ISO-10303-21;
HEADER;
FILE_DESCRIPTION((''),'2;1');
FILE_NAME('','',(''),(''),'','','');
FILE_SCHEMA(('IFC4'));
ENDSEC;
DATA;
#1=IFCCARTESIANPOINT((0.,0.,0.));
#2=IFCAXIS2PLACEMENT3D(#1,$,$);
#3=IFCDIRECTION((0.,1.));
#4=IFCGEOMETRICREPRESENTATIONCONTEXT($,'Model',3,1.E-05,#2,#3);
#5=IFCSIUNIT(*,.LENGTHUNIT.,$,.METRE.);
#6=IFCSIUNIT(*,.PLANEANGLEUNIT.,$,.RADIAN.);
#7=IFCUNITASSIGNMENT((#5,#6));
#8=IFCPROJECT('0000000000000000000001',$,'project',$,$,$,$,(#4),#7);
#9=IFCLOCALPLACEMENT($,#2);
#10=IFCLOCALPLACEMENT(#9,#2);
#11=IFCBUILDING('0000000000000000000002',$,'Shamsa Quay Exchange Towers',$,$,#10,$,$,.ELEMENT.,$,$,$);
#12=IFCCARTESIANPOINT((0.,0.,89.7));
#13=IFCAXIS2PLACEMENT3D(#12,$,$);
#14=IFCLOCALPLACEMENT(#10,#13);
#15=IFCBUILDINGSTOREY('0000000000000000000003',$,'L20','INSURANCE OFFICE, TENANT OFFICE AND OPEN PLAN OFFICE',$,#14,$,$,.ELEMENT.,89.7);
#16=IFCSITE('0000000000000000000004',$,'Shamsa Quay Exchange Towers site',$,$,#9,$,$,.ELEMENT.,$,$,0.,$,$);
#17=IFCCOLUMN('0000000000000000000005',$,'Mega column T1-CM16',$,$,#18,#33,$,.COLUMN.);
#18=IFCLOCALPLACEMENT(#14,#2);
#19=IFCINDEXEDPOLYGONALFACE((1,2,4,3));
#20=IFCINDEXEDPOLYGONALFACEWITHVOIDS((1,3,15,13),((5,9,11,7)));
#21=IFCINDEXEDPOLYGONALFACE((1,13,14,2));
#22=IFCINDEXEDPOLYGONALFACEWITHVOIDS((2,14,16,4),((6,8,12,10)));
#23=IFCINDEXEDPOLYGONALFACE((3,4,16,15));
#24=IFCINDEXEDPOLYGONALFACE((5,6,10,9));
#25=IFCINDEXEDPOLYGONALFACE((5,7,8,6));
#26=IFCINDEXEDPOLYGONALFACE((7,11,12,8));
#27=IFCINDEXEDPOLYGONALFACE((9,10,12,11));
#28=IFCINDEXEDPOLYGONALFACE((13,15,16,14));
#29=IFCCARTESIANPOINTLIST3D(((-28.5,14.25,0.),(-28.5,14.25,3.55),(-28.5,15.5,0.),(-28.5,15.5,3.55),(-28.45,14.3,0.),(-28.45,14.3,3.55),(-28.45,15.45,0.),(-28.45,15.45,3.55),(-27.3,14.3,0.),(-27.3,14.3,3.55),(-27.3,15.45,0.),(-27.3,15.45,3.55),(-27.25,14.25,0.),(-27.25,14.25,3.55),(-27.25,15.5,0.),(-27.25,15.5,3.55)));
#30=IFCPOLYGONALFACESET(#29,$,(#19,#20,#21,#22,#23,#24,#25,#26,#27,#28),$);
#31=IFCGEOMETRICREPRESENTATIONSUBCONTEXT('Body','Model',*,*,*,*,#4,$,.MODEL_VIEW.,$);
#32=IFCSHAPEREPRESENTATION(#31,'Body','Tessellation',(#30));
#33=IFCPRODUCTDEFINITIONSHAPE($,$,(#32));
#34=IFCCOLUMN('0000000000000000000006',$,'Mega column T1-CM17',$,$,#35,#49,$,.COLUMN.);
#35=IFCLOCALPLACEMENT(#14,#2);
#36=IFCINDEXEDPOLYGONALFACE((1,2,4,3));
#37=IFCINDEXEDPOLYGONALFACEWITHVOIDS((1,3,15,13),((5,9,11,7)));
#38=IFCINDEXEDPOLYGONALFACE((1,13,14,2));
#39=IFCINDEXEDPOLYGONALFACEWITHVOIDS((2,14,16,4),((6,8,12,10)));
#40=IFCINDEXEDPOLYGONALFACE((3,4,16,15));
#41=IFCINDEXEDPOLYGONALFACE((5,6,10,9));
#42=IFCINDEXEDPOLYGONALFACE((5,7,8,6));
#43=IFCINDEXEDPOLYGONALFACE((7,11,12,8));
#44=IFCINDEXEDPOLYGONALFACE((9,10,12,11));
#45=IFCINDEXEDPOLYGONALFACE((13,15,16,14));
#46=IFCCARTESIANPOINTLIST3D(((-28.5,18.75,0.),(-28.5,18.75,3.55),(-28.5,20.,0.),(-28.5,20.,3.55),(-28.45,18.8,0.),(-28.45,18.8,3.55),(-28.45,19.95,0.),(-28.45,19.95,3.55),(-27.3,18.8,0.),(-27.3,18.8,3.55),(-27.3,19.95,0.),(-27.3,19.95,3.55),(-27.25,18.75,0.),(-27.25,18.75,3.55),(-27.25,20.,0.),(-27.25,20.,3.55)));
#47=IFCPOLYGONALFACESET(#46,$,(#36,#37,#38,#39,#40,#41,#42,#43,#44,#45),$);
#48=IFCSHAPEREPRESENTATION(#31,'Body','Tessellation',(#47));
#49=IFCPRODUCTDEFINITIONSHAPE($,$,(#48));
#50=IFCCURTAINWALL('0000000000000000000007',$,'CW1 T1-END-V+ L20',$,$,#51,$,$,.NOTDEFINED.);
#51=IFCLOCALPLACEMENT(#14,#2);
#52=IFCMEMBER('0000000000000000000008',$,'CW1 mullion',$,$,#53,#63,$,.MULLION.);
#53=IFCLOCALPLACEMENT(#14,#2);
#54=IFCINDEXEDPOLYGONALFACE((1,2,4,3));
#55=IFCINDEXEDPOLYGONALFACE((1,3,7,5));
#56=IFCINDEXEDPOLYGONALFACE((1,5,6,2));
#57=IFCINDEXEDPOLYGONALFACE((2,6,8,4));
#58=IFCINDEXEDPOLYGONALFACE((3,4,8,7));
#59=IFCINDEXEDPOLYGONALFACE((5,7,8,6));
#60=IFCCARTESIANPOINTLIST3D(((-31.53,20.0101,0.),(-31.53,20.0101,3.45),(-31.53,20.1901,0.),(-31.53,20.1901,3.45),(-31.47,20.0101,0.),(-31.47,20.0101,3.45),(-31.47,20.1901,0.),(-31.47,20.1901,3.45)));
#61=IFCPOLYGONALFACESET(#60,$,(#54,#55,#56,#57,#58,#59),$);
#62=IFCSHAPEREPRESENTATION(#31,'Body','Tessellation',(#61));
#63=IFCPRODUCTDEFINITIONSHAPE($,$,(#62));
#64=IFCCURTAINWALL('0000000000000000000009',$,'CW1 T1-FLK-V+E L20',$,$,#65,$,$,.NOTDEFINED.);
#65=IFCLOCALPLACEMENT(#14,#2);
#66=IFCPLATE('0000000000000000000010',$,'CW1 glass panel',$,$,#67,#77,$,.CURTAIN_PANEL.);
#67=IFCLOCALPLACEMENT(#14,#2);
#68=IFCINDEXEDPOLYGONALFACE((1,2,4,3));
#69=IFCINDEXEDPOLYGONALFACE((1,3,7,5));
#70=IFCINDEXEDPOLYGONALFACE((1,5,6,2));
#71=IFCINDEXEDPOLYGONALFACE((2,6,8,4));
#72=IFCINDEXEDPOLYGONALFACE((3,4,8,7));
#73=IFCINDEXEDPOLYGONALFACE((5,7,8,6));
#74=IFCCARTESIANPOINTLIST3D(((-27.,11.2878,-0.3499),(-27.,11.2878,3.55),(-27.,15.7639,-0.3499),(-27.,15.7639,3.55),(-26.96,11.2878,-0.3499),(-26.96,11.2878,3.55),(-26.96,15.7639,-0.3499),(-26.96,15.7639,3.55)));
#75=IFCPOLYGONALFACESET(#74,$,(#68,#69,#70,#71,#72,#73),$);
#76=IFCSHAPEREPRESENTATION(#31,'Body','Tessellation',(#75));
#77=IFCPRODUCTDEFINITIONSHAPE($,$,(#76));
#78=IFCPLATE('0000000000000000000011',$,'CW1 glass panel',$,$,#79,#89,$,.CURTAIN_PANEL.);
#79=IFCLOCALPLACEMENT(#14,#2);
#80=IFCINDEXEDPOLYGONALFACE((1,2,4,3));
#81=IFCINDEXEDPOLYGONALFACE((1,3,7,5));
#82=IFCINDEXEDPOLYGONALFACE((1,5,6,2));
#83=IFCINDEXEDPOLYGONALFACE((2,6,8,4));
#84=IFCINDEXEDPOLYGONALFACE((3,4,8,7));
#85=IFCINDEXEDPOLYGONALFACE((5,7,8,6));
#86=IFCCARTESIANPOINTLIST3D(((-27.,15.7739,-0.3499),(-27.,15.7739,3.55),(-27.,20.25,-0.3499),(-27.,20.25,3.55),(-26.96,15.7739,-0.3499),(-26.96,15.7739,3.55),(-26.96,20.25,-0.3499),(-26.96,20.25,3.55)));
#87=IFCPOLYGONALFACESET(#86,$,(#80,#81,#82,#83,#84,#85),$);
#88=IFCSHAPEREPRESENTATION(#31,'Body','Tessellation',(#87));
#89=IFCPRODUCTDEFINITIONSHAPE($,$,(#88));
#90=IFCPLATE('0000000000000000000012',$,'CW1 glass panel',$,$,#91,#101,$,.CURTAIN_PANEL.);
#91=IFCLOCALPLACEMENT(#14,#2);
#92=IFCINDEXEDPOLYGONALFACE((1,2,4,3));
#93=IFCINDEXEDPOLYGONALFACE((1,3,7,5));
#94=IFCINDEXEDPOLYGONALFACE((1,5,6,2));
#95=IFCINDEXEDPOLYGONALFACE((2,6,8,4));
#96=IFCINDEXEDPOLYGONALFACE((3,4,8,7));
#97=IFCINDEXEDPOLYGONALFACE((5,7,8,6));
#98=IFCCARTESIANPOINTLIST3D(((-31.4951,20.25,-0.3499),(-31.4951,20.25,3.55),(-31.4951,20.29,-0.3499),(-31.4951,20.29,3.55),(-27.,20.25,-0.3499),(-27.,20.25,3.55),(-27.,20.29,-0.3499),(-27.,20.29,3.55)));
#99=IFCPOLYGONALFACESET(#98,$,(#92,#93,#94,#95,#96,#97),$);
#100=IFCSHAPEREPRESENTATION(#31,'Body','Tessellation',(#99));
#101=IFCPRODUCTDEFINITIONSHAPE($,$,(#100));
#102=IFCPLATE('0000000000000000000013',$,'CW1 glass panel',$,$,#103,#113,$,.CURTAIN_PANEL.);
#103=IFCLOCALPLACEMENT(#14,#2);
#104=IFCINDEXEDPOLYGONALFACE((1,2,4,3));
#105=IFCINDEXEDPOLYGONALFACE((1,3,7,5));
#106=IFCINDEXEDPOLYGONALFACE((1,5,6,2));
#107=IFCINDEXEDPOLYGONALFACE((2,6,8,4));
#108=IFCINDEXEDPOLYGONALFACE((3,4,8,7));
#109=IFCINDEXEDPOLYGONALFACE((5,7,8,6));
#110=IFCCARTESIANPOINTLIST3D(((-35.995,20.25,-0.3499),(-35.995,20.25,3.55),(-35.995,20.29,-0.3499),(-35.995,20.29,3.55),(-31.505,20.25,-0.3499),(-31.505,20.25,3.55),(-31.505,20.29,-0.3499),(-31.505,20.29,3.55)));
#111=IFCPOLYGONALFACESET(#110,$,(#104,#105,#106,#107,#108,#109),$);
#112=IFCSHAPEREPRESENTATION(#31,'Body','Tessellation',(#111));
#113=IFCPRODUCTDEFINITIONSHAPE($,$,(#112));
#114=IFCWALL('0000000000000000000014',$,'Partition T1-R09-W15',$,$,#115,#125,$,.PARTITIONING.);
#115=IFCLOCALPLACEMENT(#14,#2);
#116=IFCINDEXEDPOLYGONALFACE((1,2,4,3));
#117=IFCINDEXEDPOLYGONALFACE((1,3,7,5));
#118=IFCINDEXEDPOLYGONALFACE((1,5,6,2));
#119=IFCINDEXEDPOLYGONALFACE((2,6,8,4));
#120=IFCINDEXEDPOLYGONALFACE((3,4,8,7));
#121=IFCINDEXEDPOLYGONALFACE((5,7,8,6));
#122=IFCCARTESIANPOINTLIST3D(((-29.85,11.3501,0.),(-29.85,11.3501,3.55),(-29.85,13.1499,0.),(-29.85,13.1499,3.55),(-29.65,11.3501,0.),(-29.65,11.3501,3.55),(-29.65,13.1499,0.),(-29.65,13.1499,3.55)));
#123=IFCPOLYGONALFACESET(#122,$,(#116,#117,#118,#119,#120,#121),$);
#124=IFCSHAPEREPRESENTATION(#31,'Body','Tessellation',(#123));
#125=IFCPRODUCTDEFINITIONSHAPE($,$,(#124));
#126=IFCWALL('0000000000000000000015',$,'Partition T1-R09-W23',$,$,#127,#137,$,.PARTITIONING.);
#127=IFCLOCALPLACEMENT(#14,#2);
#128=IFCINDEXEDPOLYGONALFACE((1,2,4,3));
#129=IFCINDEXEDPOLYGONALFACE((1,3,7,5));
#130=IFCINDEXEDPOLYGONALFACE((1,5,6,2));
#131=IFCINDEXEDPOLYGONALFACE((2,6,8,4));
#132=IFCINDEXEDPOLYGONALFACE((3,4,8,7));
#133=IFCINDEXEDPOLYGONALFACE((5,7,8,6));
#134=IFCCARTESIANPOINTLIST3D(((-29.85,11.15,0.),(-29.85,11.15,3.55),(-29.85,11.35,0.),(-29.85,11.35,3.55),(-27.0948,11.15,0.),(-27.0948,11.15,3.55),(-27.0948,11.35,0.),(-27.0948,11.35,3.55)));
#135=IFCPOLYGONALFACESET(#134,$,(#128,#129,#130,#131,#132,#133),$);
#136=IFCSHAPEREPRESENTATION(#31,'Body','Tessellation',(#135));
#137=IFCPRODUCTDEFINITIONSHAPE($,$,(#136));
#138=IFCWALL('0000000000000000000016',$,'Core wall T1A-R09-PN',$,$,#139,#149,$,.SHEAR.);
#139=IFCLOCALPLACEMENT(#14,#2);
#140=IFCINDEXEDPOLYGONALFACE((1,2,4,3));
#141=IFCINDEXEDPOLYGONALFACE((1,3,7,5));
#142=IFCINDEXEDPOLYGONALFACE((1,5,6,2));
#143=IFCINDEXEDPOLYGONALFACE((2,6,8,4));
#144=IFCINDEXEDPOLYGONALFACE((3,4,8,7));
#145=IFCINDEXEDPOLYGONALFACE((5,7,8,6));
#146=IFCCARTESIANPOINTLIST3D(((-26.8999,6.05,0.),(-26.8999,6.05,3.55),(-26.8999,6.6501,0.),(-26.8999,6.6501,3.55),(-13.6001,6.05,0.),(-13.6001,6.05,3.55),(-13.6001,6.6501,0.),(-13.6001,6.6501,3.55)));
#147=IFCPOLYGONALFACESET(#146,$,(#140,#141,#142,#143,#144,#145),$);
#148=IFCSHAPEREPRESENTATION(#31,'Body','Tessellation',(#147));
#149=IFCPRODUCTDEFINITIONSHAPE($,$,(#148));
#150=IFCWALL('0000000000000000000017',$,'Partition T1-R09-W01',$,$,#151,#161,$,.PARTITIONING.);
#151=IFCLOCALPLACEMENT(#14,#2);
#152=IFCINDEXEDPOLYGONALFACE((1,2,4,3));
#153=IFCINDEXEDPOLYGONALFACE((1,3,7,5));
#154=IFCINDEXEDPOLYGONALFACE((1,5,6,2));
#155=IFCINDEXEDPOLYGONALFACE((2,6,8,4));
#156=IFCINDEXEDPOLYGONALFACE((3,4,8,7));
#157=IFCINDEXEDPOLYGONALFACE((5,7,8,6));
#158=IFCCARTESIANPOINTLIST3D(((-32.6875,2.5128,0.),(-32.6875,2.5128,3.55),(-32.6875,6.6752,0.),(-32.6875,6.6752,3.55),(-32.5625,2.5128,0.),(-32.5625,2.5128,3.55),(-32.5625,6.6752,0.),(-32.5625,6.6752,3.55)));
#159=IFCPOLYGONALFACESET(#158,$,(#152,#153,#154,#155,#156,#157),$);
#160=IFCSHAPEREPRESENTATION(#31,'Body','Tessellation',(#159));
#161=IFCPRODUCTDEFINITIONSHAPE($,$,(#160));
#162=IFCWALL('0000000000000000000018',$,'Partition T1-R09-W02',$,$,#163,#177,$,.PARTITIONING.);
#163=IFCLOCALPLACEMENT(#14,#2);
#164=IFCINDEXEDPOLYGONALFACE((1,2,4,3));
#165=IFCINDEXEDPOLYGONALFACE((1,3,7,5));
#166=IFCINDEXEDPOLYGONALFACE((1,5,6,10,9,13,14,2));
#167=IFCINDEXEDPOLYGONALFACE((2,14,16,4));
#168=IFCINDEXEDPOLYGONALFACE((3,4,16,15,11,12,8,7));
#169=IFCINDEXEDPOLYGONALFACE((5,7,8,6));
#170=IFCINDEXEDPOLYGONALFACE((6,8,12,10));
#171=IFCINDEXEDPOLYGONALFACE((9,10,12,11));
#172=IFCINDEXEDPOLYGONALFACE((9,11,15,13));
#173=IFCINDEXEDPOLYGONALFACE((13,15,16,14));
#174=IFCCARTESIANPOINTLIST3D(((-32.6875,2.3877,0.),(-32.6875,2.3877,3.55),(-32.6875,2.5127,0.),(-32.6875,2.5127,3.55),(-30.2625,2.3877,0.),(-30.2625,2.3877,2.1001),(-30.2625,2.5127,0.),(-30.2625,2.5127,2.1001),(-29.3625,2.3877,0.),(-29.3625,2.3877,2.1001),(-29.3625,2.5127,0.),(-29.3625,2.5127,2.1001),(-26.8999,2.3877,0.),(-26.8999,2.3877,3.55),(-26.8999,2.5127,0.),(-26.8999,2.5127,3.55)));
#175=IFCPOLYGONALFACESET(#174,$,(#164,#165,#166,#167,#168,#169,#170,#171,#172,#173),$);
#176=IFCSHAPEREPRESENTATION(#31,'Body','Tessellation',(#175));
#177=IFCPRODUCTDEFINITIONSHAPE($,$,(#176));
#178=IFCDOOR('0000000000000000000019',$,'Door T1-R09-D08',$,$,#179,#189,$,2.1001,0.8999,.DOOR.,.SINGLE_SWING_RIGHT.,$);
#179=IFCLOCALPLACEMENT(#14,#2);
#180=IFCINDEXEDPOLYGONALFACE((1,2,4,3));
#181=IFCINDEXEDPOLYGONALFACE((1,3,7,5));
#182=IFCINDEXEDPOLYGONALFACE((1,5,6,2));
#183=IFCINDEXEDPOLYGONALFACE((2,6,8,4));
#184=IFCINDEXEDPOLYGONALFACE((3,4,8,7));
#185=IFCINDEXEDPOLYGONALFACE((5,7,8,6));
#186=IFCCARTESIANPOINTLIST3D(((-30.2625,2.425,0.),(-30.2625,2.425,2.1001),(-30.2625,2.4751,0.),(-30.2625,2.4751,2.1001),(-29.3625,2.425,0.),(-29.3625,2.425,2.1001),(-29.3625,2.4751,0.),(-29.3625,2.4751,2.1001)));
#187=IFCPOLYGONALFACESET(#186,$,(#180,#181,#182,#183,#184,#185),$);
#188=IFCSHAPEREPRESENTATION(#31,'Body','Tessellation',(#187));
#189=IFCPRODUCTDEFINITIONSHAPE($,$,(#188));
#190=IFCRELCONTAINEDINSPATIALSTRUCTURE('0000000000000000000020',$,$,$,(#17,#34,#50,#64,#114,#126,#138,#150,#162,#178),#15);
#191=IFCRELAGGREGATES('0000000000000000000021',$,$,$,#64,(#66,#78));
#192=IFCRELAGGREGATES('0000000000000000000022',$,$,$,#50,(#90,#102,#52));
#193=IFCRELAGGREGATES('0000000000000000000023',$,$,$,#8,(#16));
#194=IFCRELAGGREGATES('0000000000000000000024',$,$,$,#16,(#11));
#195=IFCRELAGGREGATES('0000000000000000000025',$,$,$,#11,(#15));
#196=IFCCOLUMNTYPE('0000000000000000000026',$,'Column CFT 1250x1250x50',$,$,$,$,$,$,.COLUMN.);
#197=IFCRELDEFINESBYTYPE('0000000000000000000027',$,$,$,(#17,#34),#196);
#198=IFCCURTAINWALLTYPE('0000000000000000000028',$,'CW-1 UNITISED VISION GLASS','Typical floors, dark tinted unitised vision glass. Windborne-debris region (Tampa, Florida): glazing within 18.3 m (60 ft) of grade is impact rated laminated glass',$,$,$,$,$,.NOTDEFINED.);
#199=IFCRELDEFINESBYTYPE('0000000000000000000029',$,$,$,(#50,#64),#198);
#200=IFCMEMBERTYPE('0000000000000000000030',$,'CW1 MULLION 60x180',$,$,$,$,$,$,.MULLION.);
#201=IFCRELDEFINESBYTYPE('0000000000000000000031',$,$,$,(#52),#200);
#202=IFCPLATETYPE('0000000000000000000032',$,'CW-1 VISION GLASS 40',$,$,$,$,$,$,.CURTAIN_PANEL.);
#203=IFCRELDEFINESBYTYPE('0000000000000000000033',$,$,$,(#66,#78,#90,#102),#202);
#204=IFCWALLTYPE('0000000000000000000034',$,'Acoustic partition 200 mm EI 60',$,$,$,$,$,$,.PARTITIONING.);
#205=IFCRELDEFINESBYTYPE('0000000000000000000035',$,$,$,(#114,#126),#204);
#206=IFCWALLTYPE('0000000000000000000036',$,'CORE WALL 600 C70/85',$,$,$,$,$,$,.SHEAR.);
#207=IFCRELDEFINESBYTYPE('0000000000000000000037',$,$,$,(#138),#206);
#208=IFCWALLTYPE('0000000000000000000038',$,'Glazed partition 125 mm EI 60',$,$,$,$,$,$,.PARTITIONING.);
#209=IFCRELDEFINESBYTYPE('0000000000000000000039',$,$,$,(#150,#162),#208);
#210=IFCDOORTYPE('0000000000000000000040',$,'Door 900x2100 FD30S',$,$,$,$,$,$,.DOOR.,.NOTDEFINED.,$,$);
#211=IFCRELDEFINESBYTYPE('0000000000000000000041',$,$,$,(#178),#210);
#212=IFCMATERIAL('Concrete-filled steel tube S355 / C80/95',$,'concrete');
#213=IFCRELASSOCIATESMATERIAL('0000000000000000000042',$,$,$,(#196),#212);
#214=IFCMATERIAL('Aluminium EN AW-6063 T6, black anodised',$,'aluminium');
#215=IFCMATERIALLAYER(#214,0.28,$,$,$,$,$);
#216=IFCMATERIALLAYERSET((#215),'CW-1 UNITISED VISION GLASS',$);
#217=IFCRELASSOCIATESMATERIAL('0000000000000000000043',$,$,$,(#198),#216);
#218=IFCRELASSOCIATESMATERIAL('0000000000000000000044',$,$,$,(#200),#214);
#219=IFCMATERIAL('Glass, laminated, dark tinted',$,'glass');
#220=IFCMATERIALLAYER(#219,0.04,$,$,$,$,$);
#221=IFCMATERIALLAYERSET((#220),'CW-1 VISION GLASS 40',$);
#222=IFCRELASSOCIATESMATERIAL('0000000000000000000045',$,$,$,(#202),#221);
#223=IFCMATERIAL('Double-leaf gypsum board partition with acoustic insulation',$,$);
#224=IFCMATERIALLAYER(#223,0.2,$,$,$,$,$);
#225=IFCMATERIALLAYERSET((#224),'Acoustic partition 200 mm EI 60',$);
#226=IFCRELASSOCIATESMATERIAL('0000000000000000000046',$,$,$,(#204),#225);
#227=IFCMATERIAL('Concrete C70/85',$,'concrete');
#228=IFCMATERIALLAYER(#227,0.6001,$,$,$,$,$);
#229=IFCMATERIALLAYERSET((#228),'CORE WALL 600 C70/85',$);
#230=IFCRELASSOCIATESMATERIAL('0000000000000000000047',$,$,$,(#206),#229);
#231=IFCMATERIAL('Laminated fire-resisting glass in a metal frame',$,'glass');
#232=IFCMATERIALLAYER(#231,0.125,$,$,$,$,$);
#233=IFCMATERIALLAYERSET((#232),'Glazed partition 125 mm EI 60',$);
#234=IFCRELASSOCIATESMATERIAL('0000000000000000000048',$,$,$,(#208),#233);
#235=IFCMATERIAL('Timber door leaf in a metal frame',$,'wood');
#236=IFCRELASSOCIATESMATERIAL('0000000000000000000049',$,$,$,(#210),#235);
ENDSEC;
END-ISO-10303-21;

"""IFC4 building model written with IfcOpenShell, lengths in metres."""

from ifc_helpers import new_model, si_unit, direction, frame, frame_2d, origin, origin_2d, place, context, subcontext, project, spatial, rectangle, hollow_rectangle, extrude, material, layer, layer_set, material_profile, profile_set, type_object, element, fill, aggregate, save


model = new_model("IFC4")

# Units and contexts
model_context = context("Model", 3, precision=1e-05, world=origin(), true_north=direction((0.0, 1.0)))
body_context = subcontext(model_context, "Body", "Model", "MODEL_VIEW")
ifc_project = project(units=[si_unit("LENGTHUNIT", "METRE"), si_unit("PLANEANGLEUNIT", "RADIAN")], contexts=[model_context])

# Site, building, storey
site_placement = place(None, origin())
site = spatial("IfcSite", under=ifc_project, at=site_placement, Name="Shamsa Quay Exchange Towers site", CompositionType="ELEMENT", RefElevation=0.0)
building_placement = place(site_placement, origin())
building = spatial("IfcBuilding", under=site, at=building_placement, Name="Shamsa Quay Exchange Towers", CompositionType="ELEMENT")
storey_placement = place(building_placement, frame((0.0, 0.0, 89.7)))
storey = spatial("IfcBuildingStorey", under=building, at=storey_placement, Name="L20", Description="INSURANCE OFFICE, TENANT OFFICE AND OPEN PLAN OFFICE", CompositionType="ELEMENT", Elevation=89.7)

# Columns
ifc_material_1 = material(Name="Concrete-filled steel tube S355 / C80/95", Category="concrete")
ifc_material_profile_1 = material_profile(ifc_material_1, hollow_rectangle(XDim=1.25, YDim=1.25, WallThickness=0.05, at=origin_2d()), Name="CFT 1250x1250x50")
ifc_profile_set_1 = profile_set([ifc_material_profile_1], Name="Concrete-filled steel tube S355 / C80/95")
column_type = type_object("IfcColumnType", Name="Column CFT 1250x1250x50", PredefinedType="COLUMN", material=ifc_profile_set_1)
for number, where, name in (
    (1, (-27.875, 14.875, 0.0), "Mega column T1-CM16"),
    (2, (-27.875, 19.375, 0.0), "Mega column T1-CM17"),
):
    element("IfcColumn", number, at=place(storey_placement, frame(where)), inside=storey, type_object=column_type, Name=name, PredefinedType="COLUMN", context=body_context, shape_type="SweptSolid", body=[
        extrude(hollow_rectangle(XDim=1.25, YDim=1.25, WallThickness=0.05, at=origin_2d()), origin(), (0.0, 0.0, 1.0), 3.55),
    ])

# Curtain wall, member
ifc_material_2 = material(Name="Aluminium EN AW-6063 T6, black anodised", Category="aluminium")
ifc_layer_1 = layer(ifc_material_2, 0.28)
ifc_layer_set_1 = layer_set([ifc_layer_1], Name="CW-1 UNITISED VISION GLASS")
curtain_wall_type = type_object("IfcCurtainWallType", Name="CW-1 UNITISED VISION GLASS", Description="Typical floors, dark tinted unitised vision glass. Windborne-debris region (Tampa, Florida): glazing within 18.3 m (60 ft) of grade is impact rated laminated glass", PredefinedType="NOTDEFINED", material=ifc_layer_set_1)
curtain_wall_1_placement = place(storey_placement, origin())
curtain_wall_1 = element("IfcCurtainWall", 3, at=curtain_wall_1_placement, inside=storey, type_object=curtain_wall_type, Name="CW1 T1-END-V+ L20", PredefinedType="NOTDEFINED")
ifc_material_profile_2 = material_profile(ifc_material_2, rectangle(XDim=0.1799, YDim=0.0601, at=origin_2d()), Name="MU60x180")
ifc_profile_set_2 = profile_set([ifc_material_profile_2], Name="Aluminium EN AW-6063 T6, black anodised")
member_type = type_object("IfcMemberType", Name="CW1 MULLION 60x180", PredefinedType="MULLION", material=ifc_profile_set_2)
member_placement = place(storey_placement, frame((-31.5, 20.1001, 0.0), z_axis=(0.0, 0.0, 1.0), x_axis=(0.0, -1.0, 0.0)))
member = element("IfcMember", 4, at=member_placement, type_object=member_type, Name="CW1 mullion", PredefinedType="MULLION", context=body_context, shape_type="SweptSolid", body=[
    extrude(rectangle(XDim=0.1799, YDim=0.0601, at=origin_2d()), origin(), (0.0, 0.0, 1.0), 3.45),
])

# Curtain wall, plates
curtain_wall_2_placement = place(storey_placement, origin())
curtain_wall_2 = element("IfcCurtainWall", 5, at=curtain_wall_2_placement, inside=storey, type_object=curtain_wall_type, Name="CW1 T1-FLK-V+E L20", PredefinedType="NOTDEFINED")
ifc_material_3 = material(Name="Glass, laminated, dark tinted", Category="glass")
ifc_layer_2 = layer(ifc_material_3, 0.04)
ifc_layer_set_2 = layer_set([ifc_layer_2], Name="CW-1 VISION GLASS 40")
plate_type = type_object("IfcPlateType", Name="CW-1 VISION GLASS 40", PredefinedType="CURTAIN_PANEL", material=ifc_layer_set_2)
plate_1_placement = place(storey_placement, frame((-26.98, 13.5259, -0.3499), z_axis=(0.0, 0.0, 1.0), x_axis=(0.0, 1.0, 0.0)))
plate_1 = element("IfcPlate", 6, at=plate_1_placement, type_object=plate_type, Name="CW1 glass panel", PredefinedType="CURTAIN_PANEL", context=body_context, shape_type="SweptSolid", body=[
    extrude(rectangle(XDim=4.4761, YDim=0.04, at=origin_2d()), origin(), (0.0, 0.0, 1.0), 3.8999),
])
plate_2_placement = place(storey_placement, frame((-26.98, 18.012, -0.3499), z_axis=(0.0, 0.0, 1.0), x_axis=(0.0, 1.0, 0.0)))
plate_2 = element("IfcPlate", 7, at=plate_2_placement, type_object=plate_type, Name="CW1 glass panel", PredefinedType="CURTAIN_PANEL", context=body_context, shape_type="SweptSolid", body=[
    extrude(rectangle(XDim=4.4761, YDim=0.04, at=origin_2d()), origin(), (0.0, 0.0, 1.0), 3.8999),
])
aggregate(curtain_wall_2, [plate_1, plate_2])

# Plates
plate_3_placement = place(storey_placement, frame((-29.2476, 20.27, -0.3499), z_axis=(0.0, 0.0, 1.0), x_axis=(-1.0, 0.0, 0.0)))
plate_3 = element("IfcPlate", 8, at=plate_3_placement, type_object=plate_type, Name="CW1 glass panel", PredefinedType="CURTAIN_PANEL", context=body_context, shape_type="SweptSolid", body=[
    extrude(rectangle(XDim=4.4951, YDim=0.04, at=origin_2d()), origin(), (0.0, 0.0, 1.0), 3.8999),
])
plate_4_placement = place(storey_placement, frame((-33.75, 20.27, -0.3499), z_axis=(0.0, 0.0, 1.0), x_axis=(-1.0, 0.0, 0.0)))
plate_4 = element("IfcPlate", 9, at=plate_4_placement, type_object=plate_type, Name="CW1 glass panel", PredefinedType="CURTAIN_PANEL", context=body_context, shape_type="SweptSolid", body=[
    extrude(rectangle(XDim=4.49, YDim=0.04, at=origin_2d()), origin(), (0.0, 0.0, 1.0), 3.8999),
])
aggregate(curtain_wall_1, [plate_3, plate_4, member])

# Shared definitions
ifc_material_4 = material(Name="Double-leaf gypsum board partition with acoustic insulation")
ifc_layer_3 = layer(ifc_material_4, 0.2)
ifc_layer_set_3 = layer_set([ifc_layer_3], Name="Acoustic partition 200 mm EI 60")
wall_type_1 = type_object("IfcWallType", Name="Acoustic partition 200 mm EI 60", PredefinedType="PARTITIONING", material=ifc_layer_set_3)
ifc_material_5 = material(Name="Timber door leaf in a metal frame", Category="wood")

# Walls
wall_1_placement = place(storey_placement, frame((-29.75, 11.3501, 0.0), z_axis=(0.0, 0.0, 1.0), x_axis=(0.0, 1.0, 0.0)))
element("IfcWall", 10, at=wall_1_placement, inside=storey, type_object=wall_type_1, Name="Partition T1-R09-W15", PredefinedType="PARTITIONING", context=body_context, shape_type="SweptSolid", body=[
    extrude(rectangle(XDim=1.7998, YDim=0.2, at=frame_2d((0.8999, 0.0))), origin(), (0.0, 0.0, 1.0), 3.55),
])
wall_2_placement = place(storey_placement, frame((-27.095, 11.25, 0.0), z_axis=(0.0, 0.0, 1.0), x_axis=(-1.0, 0.0, 0.0)))
element("IfcWall", 11, at=wall_2_placement, inside=storey, type_object=wall_type_1, Name="Partition T1-R09-W23", PredefinedType="PARTITIONING", context=body_context, shape_type="SweptSolid", body=[
    extrude(rectangle(XDim=2.7551, YDim=0.2, at=frame_2d((1.3774, 0.0))), origin(), (0.0, 0.0, 1.0), 3.55),
])
ifc_material_6 = material(Name="Concrete C70/85", Category="concrete")
ifc_layer_4 = layer(ifc_material_6, 0.6001)
ifc_layer_set_4 = layer_set([ifc_layer_4], Name="CORE WALL 600 C70/85")
wall_type_2 = type_object("IfcWallType", Name="CORE WALL 600 C70/85", PredefinedType="SHEAR", material=ifc_layer_set_4)
wall_3_placement = place(storey_placement, frame((-26.8999, 6.3501, 0.0)))
element("IfcWall", 12, at=wall_3_placement, inside=storey, type_object=wall_type_2, Name="Core wall T1A-R09-PN", PredefinedType="SHEAR", context=body_context, shape_type="SweptSolid", body=[
    extrude(rectangle(XDim=13.2998, YDim=0.6001, at=frame_2d((6.6499, 0.0))), origin(), (0.0, 0.0, 1.0), 3.55),
])

# Wall
ifc_material_7 = material(Name="Laminated fire-resisting glass in a metal frame", Category="glass")
ifc_layer_5 = layer(ifc_material_7, 0.125)
ifc_layer_set_5 = layer_set([ifc_layer_5], Name="Glazed partition 125 mm EI 60")
wall_type_3 = type_object("IfcWallType", Name="Glazed partition 125 mm EI 60", PredefinedType="PARTITIONING", material=ifc_layer_set_5)
wall_4_placement = place(storey_placement, frame((-32.625, 6.675, 0.0), z_axis=(0.0, 0.0, 1.0), x_axis=(0.0, -1.0, 0.0)))
element("IfcWall", 13, at=wall_4_placement, inside=storey, type_object=wall_type_3, Name="Partition T1-R09-W01", PredefinedType="PARTITIONING", context=body_context, shape_type="SweptSolid", body=[
    extrude(rectangle(XDim=4.1624, YDim=0.125, at=frame_2d((2.0811, 0.0))), origin(), (0.0, 0.0, 1.0), 3.55),
])

# Wall, opening, door
wall_5_placement = place(storey_placement, frame((-32.6875, 2.4502, 0.0)))
wall_5 = element("IfcWall", 14, at=wall_5_placement, inside=storey, type_object=wall_type_3, Name="Partition T1-R09-W02", PredefinedType="PARTITIONING", context=body_context, shape_type="SweptSolid", body=[
    extrude(rectangle(XDim=5.7876, YDim=0.125, at=frame_2d((2.8938, 0.0))), origin(), (0.0, 0.0, 1.0), 3.55),
])
opening_1_placement = place(wall_5_placement, frame((2.425, 0.0, 0.0)))
opening_1 = element("IfcOpeningElement", 15, at=opening_1_placement, cuts=wall_5, PredefinedType="OPENING", context=body_context, shape_type="SweptSolid", body=[
    extrude(rectangle(XDim=0.8999, YDim=2.1001, at=frame_2d((0.45, 1.05))), frame((0.0, 0.0725, 0.0), z_axis=(0.0, -1.0, 0.0), x_axis=(1.0, 0.0, 0.0)), (0.0, 0.0, 1.0), 0.145),
])
door_type_1 = type_object("IfcDoorType", Name="Door 900x2100 FD30S", OperationType="NOTDEFINED", PredefinedType="DOOR", material=ifc_material_5)
door_1_placement = place(opening_1_placement, origin())
door_1 = element("IfcDoor", 16, at=door_1_placement, inside=storey, type_object=door_type_1, Name="Door T1-R09-D08", OperationType="SINGLE_SWING_RIGHT", OverallHeight=2.1001, OverallWidth=0.8999, PredefinedType="DOOR", context=body_context, shape_type="SweptSolid", body=[
    extrude(rectangle(XDim=0.8999, YDim=2.1001, at=frame_2d((0.45, 1.05))), frame((0.0, 0.0249, 0.0), z_axis=(0.0, -1.0, 0.0), x_axis=(1.0, 0.0, 0.0)), (0.0, 0.0, 1.0), 0.05),
])
fill(opening_1, door_1)

save(model, "model.ifc")
